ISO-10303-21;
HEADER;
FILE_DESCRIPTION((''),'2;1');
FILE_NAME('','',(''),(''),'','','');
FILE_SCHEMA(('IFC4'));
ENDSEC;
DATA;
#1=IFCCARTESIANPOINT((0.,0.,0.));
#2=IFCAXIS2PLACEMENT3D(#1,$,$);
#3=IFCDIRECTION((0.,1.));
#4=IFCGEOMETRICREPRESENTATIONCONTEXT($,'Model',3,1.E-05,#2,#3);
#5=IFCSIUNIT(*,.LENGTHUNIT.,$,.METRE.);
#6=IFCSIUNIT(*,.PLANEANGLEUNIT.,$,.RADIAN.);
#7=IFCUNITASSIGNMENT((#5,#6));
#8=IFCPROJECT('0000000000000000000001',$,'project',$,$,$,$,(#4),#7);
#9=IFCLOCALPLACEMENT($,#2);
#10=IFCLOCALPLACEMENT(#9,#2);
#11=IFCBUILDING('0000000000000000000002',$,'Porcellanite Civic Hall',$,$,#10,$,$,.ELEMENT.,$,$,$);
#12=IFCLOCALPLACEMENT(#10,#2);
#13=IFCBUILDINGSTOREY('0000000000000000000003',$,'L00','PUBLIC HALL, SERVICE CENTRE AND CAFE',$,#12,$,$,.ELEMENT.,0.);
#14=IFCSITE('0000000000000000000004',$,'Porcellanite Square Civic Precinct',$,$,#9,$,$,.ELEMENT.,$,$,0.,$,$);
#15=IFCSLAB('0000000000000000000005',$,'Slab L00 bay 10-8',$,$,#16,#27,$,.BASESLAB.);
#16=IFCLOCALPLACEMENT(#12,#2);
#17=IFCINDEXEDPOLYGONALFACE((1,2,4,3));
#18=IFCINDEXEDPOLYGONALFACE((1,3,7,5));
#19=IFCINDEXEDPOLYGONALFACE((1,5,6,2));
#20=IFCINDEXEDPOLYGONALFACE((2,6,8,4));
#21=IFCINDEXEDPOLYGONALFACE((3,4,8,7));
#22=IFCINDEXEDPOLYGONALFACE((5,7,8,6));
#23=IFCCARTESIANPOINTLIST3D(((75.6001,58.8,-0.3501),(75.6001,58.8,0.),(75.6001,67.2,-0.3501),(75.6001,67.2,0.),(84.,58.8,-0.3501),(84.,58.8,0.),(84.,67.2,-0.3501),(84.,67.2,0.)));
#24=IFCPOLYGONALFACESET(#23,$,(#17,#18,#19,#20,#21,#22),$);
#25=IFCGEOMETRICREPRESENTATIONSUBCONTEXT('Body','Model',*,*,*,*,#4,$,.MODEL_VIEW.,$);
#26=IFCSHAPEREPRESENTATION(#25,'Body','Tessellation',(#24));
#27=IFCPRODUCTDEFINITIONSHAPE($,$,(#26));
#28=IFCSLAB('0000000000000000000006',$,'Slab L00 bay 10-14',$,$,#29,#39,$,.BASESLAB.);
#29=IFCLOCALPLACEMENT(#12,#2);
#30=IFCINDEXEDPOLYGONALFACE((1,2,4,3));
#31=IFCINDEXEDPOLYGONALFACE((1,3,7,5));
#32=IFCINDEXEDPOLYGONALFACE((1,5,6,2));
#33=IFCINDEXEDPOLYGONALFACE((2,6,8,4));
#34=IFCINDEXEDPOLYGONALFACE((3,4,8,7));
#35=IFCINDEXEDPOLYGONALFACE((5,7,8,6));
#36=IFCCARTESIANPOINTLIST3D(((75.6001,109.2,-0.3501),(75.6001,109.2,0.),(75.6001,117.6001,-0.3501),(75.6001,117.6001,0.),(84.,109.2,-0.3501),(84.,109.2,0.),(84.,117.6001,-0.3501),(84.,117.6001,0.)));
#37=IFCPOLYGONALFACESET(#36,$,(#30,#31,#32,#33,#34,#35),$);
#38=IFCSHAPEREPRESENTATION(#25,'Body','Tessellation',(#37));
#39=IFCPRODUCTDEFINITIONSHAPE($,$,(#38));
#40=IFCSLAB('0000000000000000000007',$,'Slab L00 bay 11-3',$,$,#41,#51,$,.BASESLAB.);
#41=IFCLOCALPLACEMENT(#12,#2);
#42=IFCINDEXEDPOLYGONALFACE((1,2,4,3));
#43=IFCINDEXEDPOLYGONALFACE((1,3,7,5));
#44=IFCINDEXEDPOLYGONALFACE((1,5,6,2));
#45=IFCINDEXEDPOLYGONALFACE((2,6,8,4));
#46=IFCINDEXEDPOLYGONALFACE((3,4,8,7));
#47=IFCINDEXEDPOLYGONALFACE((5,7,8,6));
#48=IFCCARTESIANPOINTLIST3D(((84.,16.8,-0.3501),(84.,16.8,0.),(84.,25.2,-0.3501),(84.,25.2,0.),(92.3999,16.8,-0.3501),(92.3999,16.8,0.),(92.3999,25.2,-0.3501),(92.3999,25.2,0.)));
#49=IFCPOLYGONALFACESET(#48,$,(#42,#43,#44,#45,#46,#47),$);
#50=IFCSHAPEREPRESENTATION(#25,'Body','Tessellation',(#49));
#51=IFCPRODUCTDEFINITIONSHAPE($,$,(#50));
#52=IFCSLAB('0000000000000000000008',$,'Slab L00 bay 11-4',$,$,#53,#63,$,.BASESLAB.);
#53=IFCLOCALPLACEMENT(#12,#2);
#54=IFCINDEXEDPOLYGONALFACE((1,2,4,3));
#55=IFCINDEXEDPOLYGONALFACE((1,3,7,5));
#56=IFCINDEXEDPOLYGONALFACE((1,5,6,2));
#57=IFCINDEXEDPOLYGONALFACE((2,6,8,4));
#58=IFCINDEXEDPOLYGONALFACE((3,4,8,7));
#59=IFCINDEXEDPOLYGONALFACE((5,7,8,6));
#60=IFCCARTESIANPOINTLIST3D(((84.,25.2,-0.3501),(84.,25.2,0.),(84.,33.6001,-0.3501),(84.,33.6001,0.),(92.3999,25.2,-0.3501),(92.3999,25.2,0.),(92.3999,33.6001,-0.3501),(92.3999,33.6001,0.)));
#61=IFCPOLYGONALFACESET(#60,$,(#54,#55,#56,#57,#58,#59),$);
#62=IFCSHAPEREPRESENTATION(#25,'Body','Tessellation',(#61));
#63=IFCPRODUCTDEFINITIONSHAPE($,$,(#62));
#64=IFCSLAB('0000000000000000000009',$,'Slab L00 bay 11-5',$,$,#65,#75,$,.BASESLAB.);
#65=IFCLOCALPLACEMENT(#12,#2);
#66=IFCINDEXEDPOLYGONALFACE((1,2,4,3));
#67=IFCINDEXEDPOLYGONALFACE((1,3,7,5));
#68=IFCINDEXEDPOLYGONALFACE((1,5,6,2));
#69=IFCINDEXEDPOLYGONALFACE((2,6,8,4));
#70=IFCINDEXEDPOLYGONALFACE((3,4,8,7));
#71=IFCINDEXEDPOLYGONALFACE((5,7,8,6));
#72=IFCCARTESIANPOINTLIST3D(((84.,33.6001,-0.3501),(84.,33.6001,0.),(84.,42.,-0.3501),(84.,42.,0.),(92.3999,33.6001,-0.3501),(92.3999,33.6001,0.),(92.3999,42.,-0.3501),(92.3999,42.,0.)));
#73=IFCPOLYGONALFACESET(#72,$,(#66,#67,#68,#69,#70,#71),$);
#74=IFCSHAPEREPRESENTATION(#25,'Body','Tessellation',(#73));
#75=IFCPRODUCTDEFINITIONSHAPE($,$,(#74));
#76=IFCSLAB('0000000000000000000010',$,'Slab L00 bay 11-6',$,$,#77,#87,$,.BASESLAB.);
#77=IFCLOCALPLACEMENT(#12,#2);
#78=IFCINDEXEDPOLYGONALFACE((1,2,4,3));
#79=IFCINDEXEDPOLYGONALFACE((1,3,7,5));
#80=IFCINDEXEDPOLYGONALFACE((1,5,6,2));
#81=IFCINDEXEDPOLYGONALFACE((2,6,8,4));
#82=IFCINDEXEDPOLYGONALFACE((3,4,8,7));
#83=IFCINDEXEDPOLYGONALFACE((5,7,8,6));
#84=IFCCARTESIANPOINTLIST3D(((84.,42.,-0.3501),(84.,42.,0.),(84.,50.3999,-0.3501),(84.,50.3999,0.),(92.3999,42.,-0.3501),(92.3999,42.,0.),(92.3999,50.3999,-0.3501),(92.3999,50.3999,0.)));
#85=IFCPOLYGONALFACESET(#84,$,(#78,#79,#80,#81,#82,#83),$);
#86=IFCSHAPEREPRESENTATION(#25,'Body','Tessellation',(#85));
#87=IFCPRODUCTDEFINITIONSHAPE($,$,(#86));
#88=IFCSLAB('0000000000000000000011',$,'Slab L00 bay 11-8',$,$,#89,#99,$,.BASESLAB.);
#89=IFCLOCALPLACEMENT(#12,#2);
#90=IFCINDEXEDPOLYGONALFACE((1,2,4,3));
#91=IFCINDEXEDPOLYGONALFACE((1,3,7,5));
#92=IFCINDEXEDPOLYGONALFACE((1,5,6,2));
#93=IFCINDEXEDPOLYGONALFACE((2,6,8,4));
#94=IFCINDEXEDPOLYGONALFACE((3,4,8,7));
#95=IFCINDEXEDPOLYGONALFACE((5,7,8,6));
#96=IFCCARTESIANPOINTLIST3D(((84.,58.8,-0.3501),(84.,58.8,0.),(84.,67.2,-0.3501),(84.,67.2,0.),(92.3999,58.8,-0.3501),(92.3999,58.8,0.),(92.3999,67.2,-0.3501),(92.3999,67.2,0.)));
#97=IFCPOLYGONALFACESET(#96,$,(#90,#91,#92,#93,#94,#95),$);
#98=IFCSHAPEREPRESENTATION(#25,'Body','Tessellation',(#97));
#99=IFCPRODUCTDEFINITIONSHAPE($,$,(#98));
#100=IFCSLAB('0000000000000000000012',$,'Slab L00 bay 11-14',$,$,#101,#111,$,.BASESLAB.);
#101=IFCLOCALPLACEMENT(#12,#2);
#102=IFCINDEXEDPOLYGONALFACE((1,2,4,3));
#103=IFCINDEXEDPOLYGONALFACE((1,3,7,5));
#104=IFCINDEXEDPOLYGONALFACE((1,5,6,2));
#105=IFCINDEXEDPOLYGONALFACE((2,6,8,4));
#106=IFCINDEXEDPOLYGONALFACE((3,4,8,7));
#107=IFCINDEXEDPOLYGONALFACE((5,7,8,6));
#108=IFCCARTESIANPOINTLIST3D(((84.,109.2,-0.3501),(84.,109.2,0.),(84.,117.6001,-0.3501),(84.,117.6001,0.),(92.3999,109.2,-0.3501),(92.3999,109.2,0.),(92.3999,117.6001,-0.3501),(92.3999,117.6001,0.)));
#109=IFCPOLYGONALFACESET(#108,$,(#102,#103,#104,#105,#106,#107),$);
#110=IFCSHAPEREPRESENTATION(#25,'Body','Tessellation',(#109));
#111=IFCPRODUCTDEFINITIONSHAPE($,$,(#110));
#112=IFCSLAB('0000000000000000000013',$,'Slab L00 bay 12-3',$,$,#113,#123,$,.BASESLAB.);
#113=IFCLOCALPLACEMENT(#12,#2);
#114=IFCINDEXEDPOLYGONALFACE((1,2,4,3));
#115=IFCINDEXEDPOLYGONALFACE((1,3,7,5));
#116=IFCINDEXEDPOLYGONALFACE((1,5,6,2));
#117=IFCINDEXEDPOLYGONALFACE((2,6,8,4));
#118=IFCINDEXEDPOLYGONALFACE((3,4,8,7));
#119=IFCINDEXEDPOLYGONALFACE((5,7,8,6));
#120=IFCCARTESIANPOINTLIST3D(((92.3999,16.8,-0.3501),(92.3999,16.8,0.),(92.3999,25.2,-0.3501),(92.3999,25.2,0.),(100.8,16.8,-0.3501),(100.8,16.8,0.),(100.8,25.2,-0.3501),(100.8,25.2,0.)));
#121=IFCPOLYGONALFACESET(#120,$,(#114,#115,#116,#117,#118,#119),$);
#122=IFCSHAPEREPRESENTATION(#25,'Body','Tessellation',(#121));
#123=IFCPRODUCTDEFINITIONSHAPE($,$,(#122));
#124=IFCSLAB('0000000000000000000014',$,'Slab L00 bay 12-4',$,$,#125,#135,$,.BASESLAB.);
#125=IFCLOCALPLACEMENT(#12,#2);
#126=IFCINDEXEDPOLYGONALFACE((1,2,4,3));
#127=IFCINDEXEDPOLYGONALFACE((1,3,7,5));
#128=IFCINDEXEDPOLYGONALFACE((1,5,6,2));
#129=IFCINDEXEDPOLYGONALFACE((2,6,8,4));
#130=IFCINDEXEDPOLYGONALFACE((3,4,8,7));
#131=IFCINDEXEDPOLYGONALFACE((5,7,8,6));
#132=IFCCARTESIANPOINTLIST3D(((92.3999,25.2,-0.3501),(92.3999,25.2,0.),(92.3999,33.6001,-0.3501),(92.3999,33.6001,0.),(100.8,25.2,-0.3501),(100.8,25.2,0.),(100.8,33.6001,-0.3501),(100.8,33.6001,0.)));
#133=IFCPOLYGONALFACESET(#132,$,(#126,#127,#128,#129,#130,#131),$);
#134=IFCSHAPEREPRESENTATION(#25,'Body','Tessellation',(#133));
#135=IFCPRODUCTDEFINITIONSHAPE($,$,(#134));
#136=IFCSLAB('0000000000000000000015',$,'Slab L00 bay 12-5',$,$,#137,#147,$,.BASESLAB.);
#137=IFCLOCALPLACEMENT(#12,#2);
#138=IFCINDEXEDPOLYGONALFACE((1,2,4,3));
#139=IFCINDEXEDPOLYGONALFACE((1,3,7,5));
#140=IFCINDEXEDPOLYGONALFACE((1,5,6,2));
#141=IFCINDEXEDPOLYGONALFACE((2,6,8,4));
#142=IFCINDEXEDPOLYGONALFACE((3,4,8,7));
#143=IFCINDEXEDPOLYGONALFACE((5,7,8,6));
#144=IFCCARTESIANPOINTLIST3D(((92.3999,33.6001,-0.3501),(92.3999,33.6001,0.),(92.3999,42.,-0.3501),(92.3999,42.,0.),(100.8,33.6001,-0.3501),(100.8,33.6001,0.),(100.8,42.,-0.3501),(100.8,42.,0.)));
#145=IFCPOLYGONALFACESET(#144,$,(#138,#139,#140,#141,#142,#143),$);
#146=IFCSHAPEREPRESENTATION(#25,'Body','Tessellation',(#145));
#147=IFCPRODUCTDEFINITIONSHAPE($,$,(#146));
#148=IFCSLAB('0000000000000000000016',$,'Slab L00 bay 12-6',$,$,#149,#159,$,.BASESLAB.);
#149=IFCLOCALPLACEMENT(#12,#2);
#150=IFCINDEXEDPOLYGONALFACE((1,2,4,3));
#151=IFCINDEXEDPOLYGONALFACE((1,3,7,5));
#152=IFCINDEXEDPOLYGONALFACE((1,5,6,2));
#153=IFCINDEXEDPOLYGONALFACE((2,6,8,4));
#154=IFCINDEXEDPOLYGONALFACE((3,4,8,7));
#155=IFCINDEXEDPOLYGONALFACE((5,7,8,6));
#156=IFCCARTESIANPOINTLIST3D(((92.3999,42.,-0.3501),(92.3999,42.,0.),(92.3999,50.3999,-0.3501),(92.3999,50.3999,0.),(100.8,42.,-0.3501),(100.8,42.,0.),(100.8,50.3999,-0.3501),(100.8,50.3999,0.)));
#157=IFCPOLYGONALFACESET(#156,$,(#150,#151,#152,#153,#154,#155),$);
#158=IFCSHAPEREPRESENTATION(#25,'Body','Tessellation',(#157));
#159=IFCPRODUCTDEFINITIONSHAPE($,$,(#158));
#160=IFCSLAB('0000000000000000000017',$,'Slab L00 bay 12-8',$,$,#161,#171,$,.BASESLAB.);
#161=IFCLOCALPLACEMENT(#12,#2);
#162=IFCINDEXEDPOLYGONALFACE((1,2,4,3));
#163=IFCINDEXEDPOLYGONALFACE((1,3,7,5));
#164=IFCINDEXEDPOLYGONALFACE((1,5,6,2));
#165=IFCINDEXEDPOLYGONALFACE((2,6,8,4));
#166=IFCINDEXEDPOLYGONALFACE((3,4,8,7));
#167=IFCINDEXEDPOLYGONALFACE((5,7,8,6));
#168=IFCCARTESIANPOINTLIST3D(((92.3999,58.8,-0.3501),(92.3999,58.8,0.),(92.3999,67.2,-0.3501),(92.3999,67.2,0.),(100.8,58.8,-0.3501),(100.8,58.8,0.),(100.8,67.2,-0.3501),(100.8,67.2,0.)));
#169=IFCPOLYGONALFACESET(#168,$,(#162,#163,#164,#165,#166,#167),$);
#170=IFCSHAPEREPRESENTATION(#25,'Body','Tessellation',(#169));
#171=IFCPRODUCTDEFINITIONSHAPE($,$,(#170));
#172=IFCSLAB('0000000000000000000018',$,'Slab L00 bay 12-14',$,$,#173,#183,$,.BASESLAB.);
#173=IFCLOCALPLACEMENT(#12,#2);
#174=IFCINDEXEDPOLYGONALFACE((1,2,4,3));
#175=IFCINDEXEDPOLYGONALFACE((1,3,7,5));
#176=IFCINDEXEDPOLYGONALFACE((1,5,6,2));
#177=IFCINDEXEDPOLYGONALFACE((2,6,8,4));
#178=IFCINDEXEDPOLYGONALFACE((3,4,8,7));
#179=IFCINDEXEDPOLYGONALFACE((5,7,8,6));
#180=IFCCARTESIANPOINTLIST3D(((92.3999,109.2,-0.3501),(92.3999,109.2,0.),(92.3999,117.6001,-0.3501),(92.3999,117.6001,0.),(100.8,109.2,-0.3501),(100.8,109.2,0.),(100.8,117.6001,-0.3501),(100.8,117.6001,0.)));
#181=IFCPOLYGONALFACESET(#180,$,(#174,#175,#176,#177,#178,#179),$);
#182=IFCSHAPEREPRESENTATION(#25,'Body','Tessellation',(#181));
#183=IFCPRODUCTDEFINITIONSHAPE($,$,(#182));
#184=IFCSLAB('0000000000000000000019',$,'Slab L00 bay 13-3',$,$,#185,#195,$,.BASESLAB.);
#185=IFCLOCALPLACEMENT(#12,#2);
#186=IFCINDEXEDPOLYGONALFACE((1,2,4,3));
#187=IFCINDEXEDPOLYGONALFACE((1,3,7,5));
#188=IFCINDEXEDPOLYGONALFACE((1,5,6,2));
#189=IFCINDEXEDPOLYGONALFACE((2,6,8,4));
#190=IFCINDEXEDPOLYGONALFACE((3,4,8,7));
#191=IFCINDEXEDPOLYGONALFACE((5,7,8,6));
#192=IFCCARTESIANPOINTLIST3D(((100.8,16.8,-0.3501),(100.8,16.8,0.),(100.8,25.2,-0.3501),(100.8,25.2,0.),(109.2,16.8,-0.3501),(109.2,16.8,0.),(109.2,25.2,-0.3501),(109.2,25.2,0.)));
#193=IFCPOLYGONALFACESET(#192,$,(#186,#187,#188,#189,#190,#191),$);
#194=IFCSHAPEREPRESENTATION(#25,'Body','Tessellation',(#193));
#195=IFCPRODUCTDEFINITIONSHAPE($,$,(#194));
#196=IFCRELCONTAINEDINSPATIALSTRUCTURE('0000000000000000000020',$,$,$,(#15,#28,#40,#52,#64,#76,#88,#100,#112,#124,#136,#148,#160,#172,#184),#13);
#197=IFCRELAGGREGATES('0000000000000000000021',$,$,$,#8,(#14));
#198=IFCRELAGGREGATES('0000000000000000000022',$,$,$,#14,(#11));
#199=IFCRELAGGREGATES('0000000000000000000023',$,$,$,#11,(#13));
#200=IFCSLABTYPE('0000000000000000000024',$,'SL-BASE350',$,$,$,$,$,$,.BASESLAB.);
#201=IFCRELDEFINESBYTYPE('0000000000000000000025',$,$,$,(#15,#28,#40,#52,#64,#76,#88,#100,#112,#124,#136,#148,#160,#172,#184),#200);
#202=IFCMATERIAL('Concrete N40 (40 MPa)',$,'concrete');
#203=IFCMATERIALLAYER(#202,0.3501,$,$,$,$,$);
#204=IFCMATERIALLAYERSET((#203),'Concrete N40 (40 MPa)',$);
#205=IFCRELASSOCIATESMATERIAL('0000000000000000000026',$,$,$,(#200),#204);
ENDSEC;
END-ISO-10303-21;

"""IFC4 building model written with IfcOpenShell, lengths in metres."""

from ifc_helpers import new_model, si_unit, direction, frame, origin, place, context, subcontext, project, spatial, polyline, outline, extrude, material, layer, layer_set, type_object, element, save


model = new_model("IFC4")

# Units and contexts
model_context = context("Model", 3, precision=1e-05, world=origin(), true_north=direction((0.0, 1.0)))
body_context = subcontext(model_context, "Body", "Model", "MODEL_VIEW")
ifc_project = project(units=[si_unit("LENGTHUNIT", "METRE"), si_unit("PLANEANGLEUNIT", "RADIAN")], contexts=[model_context])

# Site, building, storey
site_placement = place(None, origin())
site = spatial("IfcSite", under=ifc_project, at=site_placement, Name="Porcellanite Square Civic Precinct", CompositionType="ELEMENT", RefElevation=0.0)
building_placement = place(site_placement, origin())
building = spatial("IfcBuilding", under=site, at=building_placement, Name="Porcellanite Civic Hall", CompositionType="ELEMENT")
storey_placement = place(building_placement, origin())
storey = spatial("IfcBuildingStorey", under=building, at=storey_placement, Name="L00", Description="PUBLIC HALL, SERVICE CENTRE AND CAFE", CompositionType="ELEMENT", Elevation=0.0)

# Slabs
ifc_material = material(Name="Concrete N40 (40 MPa)", Category="concrete")
ifc_layer = layer(ifc_material, 0.3501)
ifc_layer_set = layer_set([ifc_layer], Name="Concrete N40 (40 MPa)")
slab_type = type_object("IfcSlabType", Name="SL-BASE350", PredefinedType="BASESLAB", material=ifc_layer_set)
slab_1_placement = place(storey_placement, frame((0.0, 0.0, -0.3501)))
element("IfcSlab", 1, at=slab_1_placement, inside=storey, type_object=slab_type, Name="Slab L00 bay 10-8", PredefinedType="BASESLAB", context=body_context, shape_type="SweptSolid", body=[
    extrude(outline(polyline([(75.6001, 58.8), (84.0, 58.8), (84.0, 67.2), (75.6001, 67.2), (75.6001, 58.8)])), origin(), (0.0, 0.0, 1.0), 0.3501),
])
slab_2_placement = place(storey_placement, frame((0.0, 0.0, -0.3501)))
element("IfcSlab", 2, at=slab_2_placement, inside=storey, type_object=slab_type, Name="Slab L00 bay 10-14", PredefinedType="BASESLAB", context=body_context, shape_type="SweptSolid", body=[
    extrude(outline(polyline([(75.6001, 109.2), (84.0, 109.2), (84.0, 117.6001), (75.6001, 117.6001), (75.6001, 109.2)])), origin(), (0.0, 0.0, 1.0), 0.3501),
])
slab_3_placement = place(storey_placement, frame((0.0, 0.0, -0.3501)))
element("IfcSlab", 3, at=slab_3_placement, inside=storey, type_object=slab_type, Name="Slab L00 bay 11-3", PredefinedType="BASESLAB", context=body_context, shape_type="SweptSolid", body=[
    extrude(outline(polyline([(84.0, 16.8), (92.3999, 16.8), (92.3999, 25.2), (84.0, 25.2), (84.0, 16.8)])), origin(), (0.0, 0.0, 1.0), 0.3501),
])
slab_4_placement = place(storey_placement, frame((0.0, 0.0, -0.3501)))
element("IfcSlab", 4, at=slab_4_placement, inside=storey, type_object=slab_type, Name="Slab L00 bay 11-4", PredefinedType="BASESLAB", context=body_context, shape_type="SweptSolid", body=[
    extrude(outline(polyline([(84.0, 25.2), (92.3999, 25.2), (92.3999, 33.6001), (84.0, 33.6001), (84.0, 25.2)])), origin(), (0.0, 0.0, 1.0), 0.3501),
])
slab_5_placement = place(storey_placement, frame((0.0, 0.0, -0.3501)))
element("IfcSlab", 5, at=slab_5_placement, inside=storey, type_object=slab_type, Name="Slab L00 bay 11-5", PredefinedType="BASESLAB", context=body_context, shape_type="SweptSolid", body=[
    extrude(outline(polyline([(84.0, 33.6001), (92.3999, 33.6001), (92.3999, 42.0), (84.0, 42.0), (84.0, 33.6001)])), origin(), (0.0, 0.0, 1.0), 0.3501),
])
slab_6_placement = place(storey_placement, frame((0.0, 0.0, -0.3501)))
element("IfcSlab", 6, at=slab_6_placement, inside=storey, type_object=slab_type, Name="Slab L00 bay 11-6", PredefinedType="BASESLAB", context=body_context, shape_type="SweptSolid", body=[
    extrude(outline(polyline([(84.0, 42.0), (92.3999, 42.0), (92.3999, 50.3999), (84.0, 50.3999), (84.0, 42.0)])), origin(), (0.0, 0.0, 1.0), 0.3501),
])
slab_7_placement = place(storey_placement, frame((0.0, 0.0, -0.3501)))
element("IfcSlab", 7, at=slab_7_placement, inside=storey, type_object=slab_type, Name="Slab L00 bay 11-8", PredefinedType="BASESLAB", context=body_context, shape_type="SweptSolid", body=[
    extrude(outline(polyline([(84.0, 58.8), (92.3999, 58.8), (92.3999, 67.2), (84.0, 67.2), (84.0, 58.8)])), origin(), (0.0, 0.0, 1.0), 0.3501),
])
slab_8_placement = place(storey_placement, frame((0.0, 0.0, -0.3501)))
element("IfcSlab", 8, at=slab_8_placement, inside=storey, type_object=slab_type, Name="Slab L00 bay 11-14", PredefinedType="BASESLAB", context=body_context, shape_type="SweptSolid", body=[
    extrude(outline(polyline([(84.0, 109.2), (92.3999, 109.2), (92.3999, 117.6001), (84.0, 117.6001), (84.0, 109.2)])), origin(), (0.0, 0.0, 1.0), 0.3501),
])
slab_9_placement = place(storey_placement, frame((0.0, 0.0, -0.3501)))
element("IfcSlab", 9, at=slab_9_placement, inside=storey, type_object=slab_type, Name="Slab L00 bay 12-3", PredefinedType="BASESLAB", context=body_context, shape_type="SweptSolid", body=[
    extrude(outline(polyline([(92.3999, 16.8), (100.8, 16.8), (100.8, 25.2), (92.3999, 25.2), (92.3999, 16.8)])), origin(), (0.0, 0.0, 1.0), 0.3501),
])
slab_10_placement = place(storey_placement, frame((0.0, 0.0, -0.3501)))
element("IfcSlab", 10, at=slab_10_placement, inside=storey, type_object=slab_type, Name="Slab L00 bay 12-4", PredefinedType="BASESLAB", context=body_context, shape_type="SweptSolid", body=[
    extrude(outline(polyline([(92.3999, 25.2), (100.8, 25.2), (100.8, 33.6001), (92.3999, 33.6001), (92.3999, 25.2)])), origin(), (0.0, 0.0, 1.0), 0.3501),
])
slab_11_placement = place(storey_placement, frame((0.0, 0.0, -0.3501)))
element("IfcSlab", 11, at=slab_11_placement, inside=storey, type_object=slab_type, Name="Slab L00 bay 12-5", PredefinedType="BASESLAB", context=body_context, shape_type="SweptSolid", body=[
    extrude(outline(polyline([(92.3999, 33.6001), (100.8, 33.6001), (100.8, 42.0), (92.3999, 42.0), (92.3999, 33.6001)])), origin(), (0.0, 0.0, 1.0), 0.3501),
])
slab_12_placement = place(storey_placement, frame((0.0, 0.0, -0.3501)))
element("IfcSlab", 12, at=slab_12_placement, inside=storey, type_object=slab_type, Name="Slab L00 bay 12-6", PredefinedType="BASESLAB", context=body_context, shape_type="SweptSolid", body=[
    extrude(outline(polyline([(92.3999, 42.0), (100.8, 42.0), (100.8, 50.3999), (92.3999, 50.3999), (92.3999, 42.0)])), origin(), (0.0, 0.0, 1.0), 0.3501),
])
slab_13_placement = place(storey_placement, frame((0.0, 0.0, -0.3501)))
element("IfcSlab", 13, at=slab_13_placement, inside=storey, type_object=slab_type, Name="Slab L00 bay 12-8", PredefinedType="BASESLAB", context=body_context, shape_type="SweptSolid", body=[
    extrude(outline(polyline([(92.3999, 58.8), (100.8, 58.8), (100.8, 67.2), (92.3999, 67.2), (92.3999, 58.8)])), origin(), (0.0, 0.0, 1.0), 0.3501),
])
slab_14_placement = place(storey_placement, frame((0.0, 0.0, -0.3501)))
element("IfcSlab", 14, at=slab_14_placement, inside=storey, type_object=slab_type, Name="Slab L00 bay 12-14", PredefinedType="BASESLAB", context=body_context, shape_type="SweptSolid", body=[
    extrude(outline(polyline([(92.3999, 109.2), (100.8, 109.2), (100.8, 117.6001), (92.3999, 117.6001), (92.3999, 109.2)])), origin(), (0.0, 0.0, 1.0), 0.3501),
])
slab_15_placement = place(storey_placement, frame((0.0, 0.0, -0.3501)))
element("IfcSlab", 15, at=slab_15_placement, inside=storey, type_object=slab_type, Name="Slab L00 bay 13-3", PredefinedType="BASESLAB", context=body_context, shape_type="SweptSolid", body=[
    extrude(outline(polyline([(100.8, 16.8), (109.2, 16.8), (109.2, 25.2), (100.8, 25.2), (100.8, 16.8)])), origin(), (0.0, 0.0, 1.0), 0.3501),
])

save(model, "model.ifc")
